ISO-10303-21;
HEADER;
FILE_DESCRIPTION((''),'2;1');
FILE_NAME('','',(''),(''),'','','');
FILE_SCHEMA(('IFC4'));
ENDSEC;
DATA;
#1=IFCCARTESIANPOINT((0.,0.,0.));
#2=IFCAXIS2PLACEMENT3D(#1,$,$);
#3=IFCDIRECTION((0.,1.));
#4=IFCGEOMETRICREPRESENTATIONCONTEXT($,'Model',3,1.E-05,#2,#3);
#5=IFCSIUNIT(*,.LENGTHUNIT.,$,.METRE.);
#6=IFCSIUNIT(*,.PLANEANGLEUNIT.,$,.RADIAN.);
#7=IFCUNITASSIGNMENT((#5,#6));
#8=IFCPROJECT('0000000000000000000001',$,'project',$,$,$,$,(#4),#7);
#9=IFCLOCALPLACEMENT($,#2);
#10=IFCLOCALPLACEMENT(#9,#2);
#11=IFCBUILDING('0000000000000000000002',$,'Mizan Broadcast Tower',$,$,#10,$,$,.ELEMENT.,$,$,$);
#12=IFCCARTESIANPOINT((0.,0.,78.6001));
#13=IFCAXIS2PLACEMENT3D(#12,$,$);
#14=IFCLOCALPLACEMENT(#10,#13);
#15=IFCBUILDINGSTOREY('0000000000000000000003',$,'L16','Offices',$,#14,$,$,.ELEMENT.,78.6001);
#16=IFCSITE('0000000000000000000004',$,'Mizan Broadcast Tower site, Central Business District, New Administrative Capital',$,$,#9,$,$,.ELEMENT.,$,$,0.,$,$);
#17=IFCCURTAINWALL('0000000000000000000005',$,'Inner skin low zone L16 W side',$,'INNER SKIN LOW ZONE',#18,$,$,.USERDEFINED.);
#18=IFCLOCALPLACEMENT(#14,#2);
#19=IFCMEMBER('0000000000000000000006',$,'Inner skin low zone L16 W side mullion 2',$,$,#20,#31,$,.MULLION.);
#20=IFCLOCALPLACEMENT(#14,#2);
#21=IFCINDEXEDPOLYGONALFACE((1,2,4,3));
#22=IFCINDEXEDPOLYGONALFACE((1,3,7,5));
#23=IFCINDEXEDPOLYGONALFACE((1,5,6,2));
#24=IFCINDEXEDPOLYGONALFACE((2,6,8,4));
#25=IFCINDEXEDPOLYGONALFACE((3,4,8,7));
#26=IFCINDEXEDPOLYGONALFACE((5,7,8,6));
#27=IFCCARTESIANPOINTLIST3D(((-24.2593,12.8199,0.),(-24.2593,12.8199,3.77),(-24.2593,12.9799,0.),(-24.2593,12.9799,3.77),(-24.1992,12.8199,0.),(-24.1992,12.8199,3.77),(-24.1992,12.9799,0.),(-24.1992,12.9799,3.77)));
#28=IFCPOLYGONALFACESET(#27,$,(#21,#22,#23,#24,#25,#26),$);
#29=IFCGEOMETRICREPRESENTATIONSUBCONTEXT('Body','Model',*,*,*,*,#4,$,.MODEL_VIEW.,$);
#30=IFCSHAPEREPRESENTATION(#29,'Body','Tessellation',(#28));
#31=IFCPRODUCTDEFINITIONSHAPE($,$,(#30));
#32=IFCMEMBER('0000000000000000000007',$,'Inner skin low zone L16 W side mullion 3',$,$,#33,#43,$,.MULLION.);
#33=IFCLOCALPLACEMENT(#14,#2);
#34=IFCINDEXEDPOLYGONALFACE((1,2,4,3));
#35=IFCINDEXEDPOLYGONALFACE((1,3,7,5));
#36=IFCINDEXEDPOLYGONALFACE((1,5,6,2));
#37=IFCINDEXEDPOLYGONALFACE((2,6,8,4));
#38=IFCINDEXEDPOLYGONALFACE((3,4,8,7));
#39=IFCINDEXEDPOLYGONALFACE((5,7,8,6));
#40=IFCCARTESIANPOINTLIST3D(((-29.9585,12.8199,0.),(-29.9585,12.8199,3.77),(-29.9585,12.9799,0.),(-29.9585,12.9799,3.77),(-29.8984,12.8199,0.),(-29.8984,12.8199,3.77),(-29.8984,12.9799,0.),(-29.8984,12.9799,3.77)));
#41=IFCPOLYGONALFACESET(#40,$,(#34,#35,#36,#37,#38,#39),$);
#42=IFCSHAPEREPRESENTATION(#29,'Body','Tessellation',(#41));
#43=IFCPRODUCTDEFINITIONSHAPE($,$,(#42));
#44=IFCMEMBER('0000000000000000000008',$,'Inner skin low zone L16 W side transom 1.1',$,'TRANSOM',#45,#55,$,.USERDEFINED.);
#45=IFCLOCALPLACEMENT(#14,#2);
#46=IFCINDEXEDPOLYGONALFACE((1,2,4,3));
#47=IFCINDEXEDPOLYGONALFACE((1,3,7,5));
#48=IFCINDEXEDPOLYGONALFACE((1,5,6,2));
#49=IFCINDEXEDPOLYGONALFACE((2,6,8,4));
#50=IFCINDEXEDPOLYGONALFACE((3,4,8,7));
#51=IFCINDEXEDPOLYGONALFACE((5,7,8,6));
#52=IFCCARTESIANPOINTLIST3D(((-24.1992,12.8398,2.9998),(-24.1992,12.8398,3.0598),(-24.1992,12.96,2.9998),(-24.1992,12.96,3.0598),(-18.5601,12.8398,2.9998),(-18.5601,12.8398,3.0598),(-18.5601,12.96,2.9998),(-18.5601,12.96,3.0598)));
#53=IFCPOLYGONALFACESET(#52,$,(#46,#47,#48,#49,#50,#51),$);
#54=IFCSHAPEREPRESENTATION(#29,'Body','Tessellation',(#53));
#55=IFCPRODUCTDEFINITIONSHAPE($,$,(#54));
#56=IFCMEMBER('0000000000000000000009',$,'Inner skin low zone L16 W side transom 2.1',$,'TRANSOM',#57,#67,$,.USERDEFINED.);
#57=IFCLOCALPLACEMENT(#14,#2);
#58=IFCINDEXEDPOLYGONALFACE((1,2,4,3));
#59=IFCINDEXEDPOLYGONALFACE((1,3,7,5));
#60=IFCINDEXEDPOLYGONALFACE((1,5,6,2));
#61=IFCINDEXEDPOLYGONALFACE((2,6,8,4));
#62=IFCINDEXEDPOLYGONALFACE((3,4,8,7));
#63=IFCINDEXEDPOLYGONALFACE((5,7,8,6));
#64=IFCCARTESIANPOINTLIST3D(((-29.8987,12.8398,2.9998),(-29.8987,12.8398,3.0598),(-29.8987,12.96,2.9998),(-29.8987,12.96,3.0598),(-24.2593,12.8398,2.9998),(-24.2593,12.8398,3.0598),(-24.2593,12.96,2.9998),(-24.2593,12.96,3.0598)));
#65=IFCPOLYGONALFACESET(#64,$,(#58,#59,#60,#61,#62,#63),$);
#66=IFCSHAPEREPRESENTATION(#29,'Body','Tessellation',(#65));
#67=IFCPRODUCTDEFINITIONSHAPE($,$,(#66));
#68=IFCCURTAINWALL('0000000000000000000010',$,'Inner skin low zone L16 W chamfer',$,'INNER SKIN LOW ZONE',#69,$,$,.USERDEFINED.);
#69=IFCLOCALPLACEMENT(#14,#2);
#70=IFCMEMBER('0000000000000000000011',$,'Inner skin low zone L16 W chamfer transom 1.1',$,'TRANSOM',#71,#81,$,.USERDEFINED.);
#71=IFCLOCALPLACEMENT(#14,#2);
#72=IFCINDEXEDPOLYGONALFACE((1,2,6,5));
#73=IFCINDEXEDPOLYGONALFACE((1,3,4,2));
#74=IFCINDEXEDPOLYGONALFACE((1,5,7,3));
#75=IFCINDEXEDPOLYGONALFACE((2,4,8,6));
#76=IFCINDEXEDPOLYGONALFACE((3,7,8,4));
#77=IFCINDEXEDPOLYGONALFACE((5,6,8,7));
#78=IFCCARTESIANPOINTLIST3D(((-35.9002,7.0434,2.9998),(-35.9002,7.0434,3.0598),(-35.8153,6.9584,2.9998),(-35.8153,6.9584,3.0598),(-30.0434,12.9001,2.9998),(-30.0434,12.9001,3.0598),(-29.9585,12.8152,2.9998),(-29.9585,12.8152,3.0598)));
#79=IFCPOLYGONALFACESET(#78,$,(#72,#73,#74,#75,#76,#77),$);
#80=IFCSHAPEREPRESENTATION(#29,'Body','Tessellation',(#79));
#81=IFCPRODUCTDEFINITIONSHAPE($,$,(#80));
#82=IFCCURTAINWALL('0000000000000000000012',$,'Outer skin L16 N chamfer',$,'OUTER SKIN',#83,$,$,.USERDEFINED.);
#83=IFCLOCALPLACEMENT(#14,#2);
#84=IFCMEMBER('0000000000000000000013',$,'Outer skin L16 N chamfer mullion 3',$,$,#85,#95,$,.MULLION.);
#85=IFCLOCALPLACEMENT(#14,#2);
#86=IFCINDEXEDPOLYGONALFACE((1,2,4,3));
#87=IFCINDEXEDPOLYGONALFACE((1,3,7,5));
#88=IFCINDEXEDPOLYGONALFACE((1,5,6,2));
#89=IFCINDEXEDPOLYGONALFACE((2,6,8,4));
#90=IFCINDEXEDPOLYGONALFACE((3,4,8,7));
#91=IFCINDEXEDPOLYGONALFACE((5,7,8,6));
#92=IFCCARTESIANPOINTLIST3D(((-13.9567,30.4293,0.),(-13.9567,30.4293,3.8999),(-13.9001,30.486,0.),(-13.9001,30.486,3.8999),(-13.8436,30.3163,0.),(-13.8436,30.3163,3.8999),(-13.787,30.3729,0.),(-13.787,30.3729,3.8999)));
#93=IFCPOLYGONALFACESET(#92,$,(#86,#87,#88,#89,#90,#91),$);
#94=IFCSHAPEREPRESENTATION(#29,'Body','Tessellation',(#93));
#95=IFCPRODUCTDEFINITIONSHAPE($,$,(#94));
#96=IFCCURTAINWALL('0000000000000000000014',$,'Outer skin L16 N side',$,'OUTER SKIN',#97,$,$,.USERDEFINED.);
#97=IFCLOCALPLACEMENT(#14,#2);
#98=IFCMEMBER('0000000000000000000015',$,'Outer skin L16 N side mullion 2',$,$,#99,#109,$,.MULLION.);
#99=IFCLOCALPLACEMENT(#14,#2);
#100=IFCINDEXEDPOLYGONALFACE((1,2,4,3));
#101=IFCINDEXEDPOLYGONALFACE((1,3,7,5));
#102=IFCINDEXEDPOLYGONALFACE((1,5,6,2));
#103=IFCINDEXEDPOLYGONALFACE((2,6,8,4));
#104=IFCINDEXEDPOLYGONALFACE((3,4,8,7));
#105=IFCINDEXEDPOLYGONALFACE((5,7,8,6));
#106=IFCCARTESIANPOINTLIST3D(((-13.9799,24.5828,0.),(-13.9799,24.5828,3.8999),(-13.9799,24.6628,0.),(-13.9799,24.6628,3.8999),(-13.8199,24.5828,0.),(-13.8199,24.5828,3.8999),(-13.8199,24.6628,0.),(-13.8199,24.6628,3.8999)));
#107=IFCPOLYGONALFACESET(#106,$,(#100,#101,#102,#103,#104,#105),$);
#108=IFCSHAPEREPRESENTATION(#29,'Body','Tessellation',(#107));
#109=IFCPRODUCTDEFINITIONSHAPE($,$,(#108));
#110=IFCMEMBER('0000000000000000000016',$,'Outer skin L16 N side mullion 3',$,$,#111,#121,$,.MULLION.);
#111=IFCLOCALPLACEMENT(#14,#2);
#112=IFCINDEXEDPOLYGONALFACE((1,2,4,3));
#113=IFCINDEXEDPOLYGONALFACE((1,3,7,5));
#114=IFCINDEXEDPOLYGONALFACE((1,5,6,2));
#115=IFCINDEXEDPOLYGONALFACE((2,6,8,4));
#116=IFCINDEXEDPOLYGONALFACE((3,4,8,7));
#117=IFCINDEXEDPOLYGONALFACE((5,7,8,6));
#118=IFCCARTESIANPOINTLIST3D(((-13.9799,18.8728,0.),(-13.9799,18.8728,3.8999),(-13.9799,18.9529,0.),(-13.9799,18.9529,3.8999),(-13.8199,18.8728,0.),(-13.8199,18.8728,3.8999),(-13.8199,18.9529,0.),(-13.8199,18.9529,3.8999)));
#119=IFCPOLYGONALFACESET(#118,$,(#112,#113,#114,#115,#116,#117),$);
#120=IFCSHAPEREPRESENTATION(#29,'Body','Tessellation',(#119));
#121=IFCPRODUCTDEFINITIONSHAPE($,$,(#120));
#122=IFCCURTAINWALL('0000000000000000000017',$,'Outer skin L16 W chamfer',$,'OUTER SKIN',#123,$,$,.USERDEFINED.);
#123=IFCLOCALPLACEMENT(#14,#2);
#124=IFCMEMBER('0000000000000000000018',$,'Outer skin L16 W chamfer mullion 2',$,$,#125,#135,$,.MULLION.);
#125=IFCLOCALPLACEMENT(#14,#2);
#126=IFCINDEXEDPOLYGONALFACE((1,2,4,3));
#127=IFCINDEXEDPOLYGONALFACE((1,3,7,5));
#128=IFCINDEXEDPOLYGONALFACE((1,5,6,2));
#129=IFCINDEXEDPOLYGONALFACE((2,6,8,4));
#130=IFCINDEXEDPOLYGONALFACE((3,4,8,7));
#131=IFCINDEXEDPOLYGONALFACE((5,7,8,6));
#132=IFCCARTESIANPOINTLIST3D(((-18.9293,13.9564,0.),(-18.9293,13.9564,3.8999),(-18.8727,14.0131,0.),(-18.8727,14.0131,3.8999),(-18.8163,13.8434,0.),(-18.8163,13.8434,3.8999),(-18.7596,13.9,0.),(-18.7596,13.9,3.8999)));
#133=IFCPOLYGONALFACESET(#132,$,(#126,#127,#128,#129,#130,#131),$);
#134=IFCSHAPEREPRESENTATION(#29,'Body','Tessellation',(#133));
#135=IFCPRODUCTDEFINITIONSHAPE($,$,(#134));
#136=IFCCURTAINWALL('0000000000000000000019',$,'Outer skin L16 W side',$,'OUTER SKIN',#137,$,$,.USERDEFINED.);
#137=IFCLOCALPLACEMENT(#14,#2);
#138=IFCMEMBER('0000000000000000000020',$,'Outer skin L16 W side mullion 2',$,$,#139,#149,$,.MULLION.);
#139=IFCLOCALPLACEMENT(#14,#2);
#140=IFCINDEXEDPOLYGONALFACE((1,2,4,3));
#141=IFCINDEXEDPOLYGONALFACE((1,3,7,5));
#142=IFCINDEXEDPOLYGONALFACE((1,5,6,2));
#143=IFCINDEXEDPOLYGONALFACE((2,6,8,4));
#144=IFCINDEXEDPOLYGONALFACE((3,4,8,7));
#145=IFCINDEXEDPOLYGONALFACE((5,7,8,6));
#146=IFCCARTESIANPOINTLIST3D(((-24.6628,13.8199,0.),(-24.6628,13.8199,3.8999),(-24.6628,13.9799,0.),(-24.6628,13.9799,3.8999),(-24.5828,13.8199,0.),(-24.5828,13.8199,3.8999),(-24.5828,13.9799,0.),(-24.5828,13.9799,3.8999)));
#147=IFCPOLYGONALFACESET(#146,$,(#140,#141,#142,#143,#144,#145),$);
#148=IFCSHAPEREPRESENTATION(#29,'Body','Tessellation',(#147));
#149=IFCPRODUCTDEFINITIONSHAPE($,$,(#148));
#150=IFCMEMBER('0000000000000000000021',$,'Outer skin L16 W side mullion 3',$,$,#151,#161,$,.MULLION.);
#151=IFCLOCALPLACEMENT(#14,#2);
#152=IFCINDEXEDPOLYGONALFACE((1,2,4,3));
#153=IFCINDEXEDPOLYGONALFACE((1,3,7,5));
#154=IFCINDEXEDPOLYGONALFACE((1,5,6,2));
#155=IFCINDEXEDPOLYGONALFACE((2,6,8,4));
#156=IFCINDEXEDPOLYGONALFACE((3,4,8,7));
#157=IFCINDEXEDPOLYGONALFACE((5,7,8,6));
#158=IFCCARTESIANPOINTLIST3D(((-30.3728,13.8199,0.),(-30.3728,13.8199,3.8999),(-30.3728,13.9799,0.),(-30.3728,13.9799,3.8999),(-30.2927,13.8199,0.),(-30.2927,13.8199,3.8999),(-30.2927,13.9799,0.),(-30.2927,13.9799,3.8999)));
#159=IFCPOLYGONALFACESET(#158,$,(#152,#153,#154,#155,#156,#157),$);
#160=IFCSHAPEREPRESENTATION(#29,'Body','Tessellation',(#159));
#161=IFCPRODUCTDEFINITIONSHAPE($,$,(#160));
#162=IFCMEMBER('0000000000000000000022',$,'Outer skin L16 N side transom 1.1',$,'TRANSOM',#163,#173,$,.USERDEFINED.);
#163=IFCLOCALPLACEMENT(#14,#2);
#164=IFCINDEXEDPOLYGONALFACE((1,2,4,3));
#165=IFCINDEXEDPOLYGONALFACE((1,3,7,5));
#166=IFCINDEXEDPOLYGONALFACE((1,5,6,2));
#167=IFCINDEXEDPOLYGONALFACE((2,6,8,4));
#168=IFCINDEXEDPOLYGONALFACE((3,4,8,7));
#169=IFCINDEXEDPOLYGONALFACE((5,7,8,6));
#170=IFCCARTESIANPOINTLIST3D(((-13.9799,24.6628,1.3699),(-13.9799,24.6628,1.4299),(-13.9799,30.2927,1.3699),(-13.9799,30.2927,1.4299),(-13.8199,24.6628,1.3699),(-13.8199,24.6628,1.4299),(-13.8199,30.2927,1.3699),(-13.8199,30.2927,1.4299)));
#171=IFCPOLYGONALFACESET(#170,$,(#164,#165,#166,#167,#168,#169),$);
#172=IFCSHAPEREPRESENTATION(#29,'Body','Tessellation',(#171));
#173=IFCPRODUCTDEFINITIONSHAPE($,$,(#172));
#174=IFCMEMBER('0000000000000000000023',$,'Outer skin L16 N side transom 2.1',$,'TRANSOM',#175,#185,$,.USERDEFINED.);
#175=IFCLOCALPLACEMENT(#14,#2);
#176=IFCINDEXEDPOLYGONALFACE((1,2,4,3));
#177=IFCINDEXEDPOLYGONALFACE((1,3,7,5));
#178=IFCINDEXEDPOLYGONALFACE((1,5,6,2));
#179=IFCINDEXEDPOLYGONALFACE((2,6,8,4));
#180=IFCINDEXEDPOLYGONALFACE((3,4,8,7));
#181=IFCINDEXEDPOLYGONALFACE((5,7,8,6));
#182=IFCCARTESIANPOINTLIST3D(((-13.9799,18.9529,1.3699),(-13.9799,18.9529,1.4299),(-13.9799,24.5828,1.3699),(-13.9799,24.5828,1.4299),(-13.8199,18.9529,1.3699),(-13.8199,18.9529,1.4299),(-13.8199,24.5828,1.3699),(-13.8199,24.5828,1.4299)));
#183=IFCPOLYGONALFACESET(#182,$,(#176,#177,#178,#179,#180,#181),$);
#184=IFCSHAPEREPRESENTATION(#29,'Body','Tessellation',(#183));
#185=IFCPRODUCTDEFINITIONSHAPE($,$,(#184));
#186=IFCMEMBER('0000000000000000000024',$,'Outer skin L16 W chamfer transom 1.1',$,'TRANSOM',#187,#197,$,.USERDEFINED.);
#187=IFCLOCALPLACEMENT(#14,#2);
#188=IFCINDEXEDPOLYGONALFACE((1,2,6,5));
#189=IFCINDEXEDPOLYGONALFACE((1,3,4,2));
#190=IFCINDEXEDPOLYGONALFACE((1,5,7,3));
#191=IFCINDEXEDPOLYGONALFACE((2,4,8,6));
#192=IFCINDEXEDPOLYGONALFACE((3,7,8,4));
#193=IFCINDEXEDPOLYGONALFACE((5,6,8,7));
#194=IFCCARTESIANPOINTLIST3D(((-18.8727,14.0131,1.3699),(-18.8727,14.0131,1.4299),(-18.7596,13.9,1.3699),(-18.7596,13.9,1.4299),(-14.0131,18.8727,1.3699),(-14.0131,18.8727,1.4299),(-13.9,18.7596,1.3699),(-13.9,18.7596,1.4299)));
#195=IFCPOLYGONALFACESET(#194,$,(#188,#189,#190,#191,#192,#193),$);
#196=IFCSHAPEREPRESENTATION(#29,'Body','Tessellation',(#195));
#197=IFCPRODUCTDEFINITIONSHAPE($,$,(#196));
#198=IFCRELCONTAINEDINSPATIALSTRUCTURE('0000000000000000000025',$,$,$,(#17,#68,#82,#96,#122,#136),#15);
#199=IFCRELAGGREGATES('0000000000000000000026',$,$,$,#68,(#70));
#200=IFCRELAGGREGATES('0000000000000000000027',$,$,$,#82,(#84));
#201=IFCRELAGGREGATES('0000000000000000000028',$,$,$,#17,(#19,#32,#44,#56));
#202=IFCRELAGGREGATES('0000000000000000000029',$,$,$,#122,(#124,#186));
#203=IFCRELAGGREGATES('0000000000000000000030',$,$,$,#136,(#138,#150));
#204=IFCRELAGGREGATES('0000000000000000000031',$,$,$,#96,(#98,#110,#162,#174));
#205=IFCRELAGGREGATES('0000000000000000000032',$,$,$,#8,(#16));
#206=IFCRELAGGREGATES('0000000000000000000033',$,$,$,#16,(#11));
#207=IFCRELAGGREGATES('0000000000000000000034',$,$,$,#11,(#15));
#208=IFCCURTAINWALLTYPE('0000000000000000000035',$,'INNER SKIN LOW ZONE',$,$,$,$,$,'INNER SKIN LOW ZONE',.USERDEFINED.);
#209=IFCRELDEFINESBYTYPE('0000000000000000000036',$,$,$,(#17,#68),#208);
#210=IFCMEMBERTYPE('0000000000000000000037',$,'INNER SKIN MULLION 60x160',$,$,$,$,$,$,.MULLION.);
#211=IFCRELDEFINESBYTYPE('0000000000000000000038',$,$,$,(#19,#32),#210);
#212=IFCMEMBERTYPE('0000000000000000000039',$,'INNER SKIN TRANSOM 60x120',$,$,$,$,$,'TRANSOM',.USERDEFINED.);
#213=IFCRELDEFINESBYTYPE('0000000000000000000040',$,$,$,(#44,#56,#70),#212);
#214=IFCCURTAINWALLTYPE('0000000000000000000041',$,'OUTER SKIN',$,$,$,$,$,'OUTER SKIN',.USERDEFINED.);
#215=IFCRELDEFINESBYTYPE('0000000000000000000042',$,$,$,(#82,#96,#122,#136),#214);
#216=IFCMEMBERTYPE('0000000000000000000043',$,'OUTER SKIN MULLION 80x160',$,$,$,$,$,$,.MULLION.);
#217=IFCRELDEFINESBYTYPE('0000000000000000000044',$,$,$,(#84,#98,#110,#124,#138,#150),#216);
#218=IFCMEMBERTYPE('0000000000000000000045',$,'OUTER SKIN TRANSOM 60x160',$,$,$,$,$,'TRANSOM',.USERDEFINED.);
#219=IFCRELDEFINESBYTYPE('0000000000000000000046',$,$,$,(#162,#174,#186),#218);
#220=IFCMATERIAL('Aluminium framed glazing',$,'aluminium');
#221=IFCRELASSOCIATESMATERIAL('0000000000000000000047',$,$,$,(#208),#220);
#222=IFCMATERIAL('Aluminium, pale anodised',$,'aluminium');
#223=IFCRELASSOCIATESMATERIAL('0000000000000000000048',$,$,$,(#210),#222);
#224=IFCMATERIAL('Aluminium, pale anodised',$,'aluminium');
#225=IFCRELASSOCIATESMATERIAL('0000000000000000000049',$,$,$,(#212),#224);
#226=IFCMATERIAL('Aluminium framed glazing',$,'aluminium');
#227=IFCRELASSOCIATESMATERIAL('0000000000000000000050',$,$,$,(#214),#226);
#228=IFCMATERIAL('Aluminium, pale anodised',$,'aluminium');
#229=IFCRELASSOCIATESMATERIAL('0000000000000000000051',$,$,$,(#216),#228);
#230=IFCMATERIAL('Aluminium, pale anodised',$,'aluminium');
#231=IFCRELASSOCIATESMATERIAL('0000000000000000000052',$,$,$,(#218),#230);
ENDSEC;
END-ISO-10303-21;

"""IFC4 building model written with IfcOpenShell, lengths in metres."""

from ifc_helpers import new_model, si_unit, direction, frame, origin, origin_2d, place, context, subcontext, project, spatial, rectangle, extrude, material, material_profile, profile_set, type_object, element, aggregate, save


model = new_model("IFC4")

# Units and contexts
model_context = context("Model", 3, precision=1e-05, world=origin(), true_north=direction((0.0, 1.0)))
body_context = subcontext(model_context, "Body", "Model", "MODEL_VIEW")
ifc_project = project(units=[si_unit("LENGTHUNIT", "METRE"), si_unit("PLANEANGLEUNIT", "RADIAN")], contexts=[model_context])

# Site, building, storey
site_placement = place(None, origin())
site = spatial("IfcSite", under=ifc_project, at=site_placement, Name="Mizan Broadcast Tower site, Central Business District, New Administrative Capital", CompositionType="ELEMENT", RefElevation=0.0)
building_placement = place(site_placement, origin())
building = spatial("IfcBuilding", under=site, at=building_placement, Name="Mizan Broadcast Tower", CompositionType="ELEMENT")
storey_placement = place(building_placement, frame((0.0, 0.0, 78.6001)))
storey = spatial("IfcBuildingStorey", under=building, at=storey_placement, Name="L16", Description="Offices", CompositionType="ELEMENT", Elevation=78.6001)

# Curtain wall, members
ifc_material_1 = material(Name="Aluminium framed glazing", Category="aluminium")
curtain_wall_type_1 = type_object("IfcCurtainWallType", Name="INNER SKIN LOW ZONE", ElementType="INNER SKIN LOW ZONE", PredefinedType="USERDEFINED", material=ifc_material_1)
curtain_wall_1_placement = place(storey_placement, origin())
curtain_wall_1 = element("IfcCurtainWall", 1, at=curtain_wall_1_placement, inside=storey, type_object=curtain_wall_type_1, Name="Inner skin low zone L16 W side", ObjectType="INNER SKIN LOW ZONE", PredefinedType="USERDEFINED")
ifc_material_2 = material(Name="Aluminium, pale anodised", Category="aluminium")
ifc_material_profile_1 = material_profile(ifc_material_2, rectangle(XDim=0.1599, YDim=0.0601, at=origin_2d()), Name="MULLION 160x60")
ifc_profile_set_1 = profile_set([ifc_material_profile_1], Name="Aluminium, pale anodised")
member_type_1 = type_object("IfcMemberType", Name="INNER SKIN MULLION 60x160", PredefinedType="MULLION", material=ifc_profile_set_1)
member_1_placement = place(storey_placement, frame((-24.2292, 12.8999, 0.0), z_axis=(0.0, 0.0, 1.0), x_axis=(0.0, -1.0, 0.0)))
member_1 = element("IfcMember", 2, at=member_1_placement, type_object=member_type_1, Name="Inner skin low zone L16 W side mullion 2", PredefinedType="MULLION", context=body_context, shape_type="SweptSolid", body=[
    extrude(rectangle(XDim=0.1599, YDim=0.0601, at=origin_2d()), origin(), (0.0, 0.0, 1.0), 3.77),
])
member_2_placement = place(storey_placement, frame((-29.9285, 12.8999, 0.0), z_axis=(0.0, 0.0, 1.0), x_axis=(0.0, -1.0, 0.0)))
member_2 = element("IfcMember", 3, at=member_2_placement, type_object=member_type_1, Name="Inner skin low zone L16 W side mullion 3", PredefinedType="MULLION", context=body_context, shape_type="SweptSolid", body=[
    extrude(rectangle(XDim=0.1599, YDim=0.0601, at=origin_2d()), origin(), (0.0, 0.0, 1.0), 3.77),
])
ifc_material_3 = material(Name="Aluminium, pale anodised", Category="aluminium")
ifc_material_profile_2 = material_profile(ifc_material_3, rectangle(XDim=0.1201, YDim=0.0601, at=origin_2d()), Name="TRANSOM 120x60")
ifc_profile_set_2 = profile_set([ifc_material_profile_2], Name="Aluminium, pale anodised")
member_type_2 = type_object("IfcMemberType", Name="INNER SKIN TRANSOM 60x120", ElementType="TRANSOM", PredefinedType="USERDEFINED", material=ifc_profile_set_2)
member_3_placement = place(storey_placement, frame((-18.5601, 12.8999, 3.0298), z_axis=(-1.0, 0.0, 0.0), x_axis=(0.0, -1.0, 0.0)))
member_3 = element("IfcMember", 4, at=member_3_placement, type_object=member_type_2, Name="Inner skin low zone L16 W side transom 1.1", ObjectType="TRANSOM", PredefinedType="USERDEFINED", context=body_context, shape_type="SweptSolid", body=[
    extrude(rectangle(XDim=0.1201, YDim=0.0601, at=origin_2d()), origin(), (0.0, 0.0, 1.0), 5.6392),
])
member_4_placement = place(storey_placement, frame((-24.2593, 12.8999, 3.0298), z_axis=(-1.0, 0.0, 0.0), x_axis=(0.0, -1.0, 0.0)))
member_4 = element("IfcMember", 5, at=member_4_placement, type_object=member_type_2, Name="Inner skin low zone L16 W side transom 2.1", ObjectType="TRANSOM", PredefinedType="USERDEFINED", context=body_context, shape_type="SweptSolid", body=[
    extrude(rectangle(XDim=0.1201, YDim=0.0601, at=origin_2d()), origin(), (0.0, 0.0, 1.0), 5.6394),
])

# Curtain walls, members
curtain_wall_2_placement = place(storey_placement, origin())
curtain_wall_2 = element("IfcCurtainWall", 6, at=curtain_wall_2_placement, inside=storey, type_object=curtain_wall_type_1, Name="Inner skin low zone L16 W chamfer", ObjectType="INNER SKIN LOW ZONE", PredefinedType="USERDEFINED")
member_5_placement = place(storey_placement, frame((-30.001, 12.8577, 3.0298), z_axis=(-0.707107, -0.707107, 0.0), x_axis=(0.707107, -0.707107, 0.0)))
member_5 = element("IfcMember", 7, at=member_5_placement, type_object=member_type_2, Name="Inner skin low zone L16 W chamfer transom 1.1", ObjectType="TRANSOM", PredefinedType="USERDEFINED", context=body_context, shape_type="SweptSolid", body=[
    extrude(rectangle(XDim=0.1201, YDim=0.0601, at=origin_2d()), origin(), (0.0, 0.0, 1.0), 8.2827),
])
aggregate(curtain_wall_2, [member_5])
ifc_material_4 = material(Name="Aluminium framed glazing", Category="aluminium")
curtain_wall_type_2 = type_object("IfcCurtainWallType", Name="OUTER SKIN", ElementType="OUTER SKIN", PredefinedType="USERDEFINED", material=ifc_material_4)
curtain_wall_3_placement = place(storey_placement, origin())
curtain_wall_3 = element("IfcCurtainWall", 8, at=curtain_wall_3_placement, inside=storey, type_object=curtain_wall_type_2, Name="Outer skin L16 N chamfer", ObjectType="OUTER SKIN", PredefinedType="USERDEFINED")
ifc_material_5 = material(Name="Aluminium, pale anodised", Category="aluminium")
ifc_material_profile_3 = material_profile(ifc_material_5, rectangle(XDim=0.1599, YDim=0.0801, at=origin_2d()), Name="MULLION 160x80")
ifc_profile_set_3 = profile_set([ifc_material_profile_3], Name="Aluminium, pale anodised")
member_type_3 = type_object("IfcMemberType", Name="OUTER SKIN MULLION 80x160", PredefinedType="MULLION", material=ifc_profile_set_3)
member_6_placement = place(storey_placement, frame((-13.8718, 30.4011, 0.0), z_axis=(0.0, 0.0, 1.0), x_axis=(0.707107, -0.707107, 0.0)))
member_6 = element("IfcMember", 9, at=member_6_placement, type_object=member_type_3, Name="Outer skin L16 N chamfer mullion 3", PredefinedType="MULLION", context=body_context, shape_type="SweptSolid", body=[
    extrude(rectangle(XDim=0.1599, YDim=0.0801, at=origin_2d()), origin(), (0.0, 0.0, 1.0), 3.8999),
])
aggregate(curtain_wall_3, [member_6])

# Curtain wall, members
curtain_wall_4_placement = place(storey_placement, origin())
curtain_wall_4 = element("IfcCurtainWall", 10, at=curtain_wall_4_placement, inside=storey, type_object=curtain_wall_type_2, Name="Outer skin L16 N side", ObjectType="OUTER SKIN", PredefinedType="USERDEFINED")
member_7_placement = place(storey_placement, frame((-13.8999, 24.6228, 0.0), z_axis=(0.0, 0.0, 1.0), x_axis=(1.0, 0.0, 0.0)))
member_7 = element("IfcMember", 11, at=member_7_placement, type_object=member_type_3, Name="Outer skin L16 N side mullion 2", PredefinedType="MULLION", context=body_context, shape_type="SweptSolid", body=[
    extrude(rectangle(XDim=0.1599, YDim=0.0801, at=origin_2d()), origin(), (0.0, 0.0, 1.0), 3.8999),
])
member_8_placement = place(storey_placement, frame((-13.8999, 18.9128, 0.0), z_axis=(0.0, 0.0, 1.0), x_axis=(1.0, 0.0, 0.0)))
member_8 = element("IfcMember", 12, at=member_8_placement, type_object=member_type_3, Name="Outer skin L16 N side mullion 3", PredefinedType="MULLION", context=body_context, shape_type="SweptSolid", body=[
    extrude(rectangle(XDim=0.1599, YDim=0.0801, at=origin_2d()), origin(), (0.0, 0.0, 1.0), 3.8999),
])

# Curtain wall, member
curtain_wall_5_placement = place(storey_placement, origin())
curtain_wall_5 = element("IfcCurtainWall", 13, at=curtain_wall_5_placement, inside=storey, type_object=curtain_wall_type_2, Name="Outer skin L16 W chamfer", ObjectType="OUTER SKIN", PredefinedType="USERDEFINED")
member_9_placement = place(storey_placement, frame((-18.8445, 13.9282, 0.0), z_axis=(0.0, 0.0, 1.0), x_axis=(0.707107, -0.707107, 0.0)))
member_9 = element("IfcMember", 14, at=member_9_placement, type_object=member_type_3, Name="Outer skin L16 W chamfer mullion 2", PredefinedType="MULLION", context=body_context, shape_type="SweptSolid", body=[
    extrude(rectangle(XDim=0.1599, YDim=0.0801, at=origin_2d()), origin(), (0.0, 0.0, 1.0), 3.8999),
])

# Curtain wall, members
curtain_wall_6_placement = place(storey_placement, origin())
curtain_wall_6 = element("IfcCurtainWall", 15, at=curtain_wall_6_placement, inside=storey, type_object=curtain_wall_type_2, Name="Outer skin L16 W side", ObjectType="OUTER SKIN", PredefinedType="USERDEFINED")
member_10_placement = place(storey_placement, frame((-24.6228, 13.8999, 0.0), z_axis=(0.0, 0.0, 1.0), x_axis=(0.0, -1.0, 0.0)))
member_10 = element("IfcMember", 16, at=member_10_placement, type_object=member_type_3, Name="Outer skin L16 W side mullion 2", PredefinedType="MULLION", context=body_context, shape_type="SweptSolid", body=[
    extrude(rectangle(XDim=0.1599, YDim=0.0801, at=origin_2d()), origin(), (0.0, 0.0, 1.0), 3.8999),
])
member_11_placement = place(storey_placement, frame((-30.3328, 13.8999, 0.0), z_axis=(0.0, 0.0, 1.0), x_axis=(0.0, -1.0, 0.0)))
member_11 = element("IfcMember", 17, at=member_11_placement, type_object=member_type_3, Name="Outer skin L16 W side mullion 3", PredefinedType="MULLION", context=body_context, shape_type="SweptSolid", body=[
    extrude(rectangle(XDim=0.1599, YDim=0.0801, at=origin_2d()), origin(), (0.0, 0.0, 1.0), 3.8999),
])

# Members
ifc_material_6 = material(Name="Aluminium, pale anodised", Category="aluminium")
ifc_material_profile_4 = material_profile(ifc_material_6, rectangle(XDim=0.1599, YDim=0.0601, at=origin_2d()), Name="TRANSOM 160x60")
ifc_profile_set_4 = profile_set([ifc_material_profile_4], Name="Aluminium, pale anodised")
member_type_4 = type_object("IfcMemberType", Name="OUTER SKIN TRANSOM 60x160", ElementType="TRANSOM", PredefinedType="USERDEFINED", material=ifc_profile_set_4)
member_12_placement = place(storey_placement, frame((-13.8999, 30.2927, 1.3999), z_axis=(0.0, -1.0, 0.0), x_axis=(1.0, 0.0, 0.0)))
member_12 = element("IfcMember", 18, at=member_12_placement, type_object=member_type_4, Name="Outer skin L16 N side transom 1.1", ObjectType="TRANSOM", PredefinedType="USERDEFINED", context=body_context, shape_type="SweptSolid", body=[
    extrude(rectangle(XDim=0.1599, YDim=0.0601, at=origin_2d()), origin(), (0.0, 0.0, 1.0), 5.6299),
])
member_13_placement = place(storey_placement, frame((-13.8999, 24.5828, 1.3999), z_axis=(0.0, -1.0, 0.0), x_axis=(1.0, 0.0, 0.0)))
member_13 = element("IfcMember", 19, at=member_13_placement, type_object=member_type_4, Name="Outer skin L16 N side transom 2.1", ObjectType="TRANSOM", PredefinedType="USERDEFINED", context=body_context, shape_type="SweptSolid", body=[
    extrude(rectangle(XDim=0.1599, YDim=0.0601, at=origin_2d()), origin(), (0.0, 0.0, 1.0), 5.6299),
])
member_14_placement = place(storey_placement, frame((-13.9565, 18.8162, 1.3999), z_axis=(-0.707107, -0.707107, 0.0), x_axis=(0.707107, -0.707107, 0.0)))
member_14 = element("IfcMember", 20, at=member_14_placement, type_object=member_type_4, Name="Outer skin L16 W chamfer transom 1.1", ObjectType="TRANSOM", PredefinedType="USERDEFINED", context=body_context, shape_type="SweptSolid", body=[
    extrude(rectangle(XDim=0.1599, YDim=0.0601, at=origin_2d()), origin(), (0.0, 0.0, 1.0), 6.8726),
])

aggregate(curtain_wall_1, [member_1, member_2, member_3, member_4])
aggregate(curtain_wall_5, [member_9, member_14])
aggregate(curtain_wall_6, [member_10, member_11])
aggregate(curtain_wall_4, [member_7, member_8, member_12, member_13])

save(model, "model.ifc")
